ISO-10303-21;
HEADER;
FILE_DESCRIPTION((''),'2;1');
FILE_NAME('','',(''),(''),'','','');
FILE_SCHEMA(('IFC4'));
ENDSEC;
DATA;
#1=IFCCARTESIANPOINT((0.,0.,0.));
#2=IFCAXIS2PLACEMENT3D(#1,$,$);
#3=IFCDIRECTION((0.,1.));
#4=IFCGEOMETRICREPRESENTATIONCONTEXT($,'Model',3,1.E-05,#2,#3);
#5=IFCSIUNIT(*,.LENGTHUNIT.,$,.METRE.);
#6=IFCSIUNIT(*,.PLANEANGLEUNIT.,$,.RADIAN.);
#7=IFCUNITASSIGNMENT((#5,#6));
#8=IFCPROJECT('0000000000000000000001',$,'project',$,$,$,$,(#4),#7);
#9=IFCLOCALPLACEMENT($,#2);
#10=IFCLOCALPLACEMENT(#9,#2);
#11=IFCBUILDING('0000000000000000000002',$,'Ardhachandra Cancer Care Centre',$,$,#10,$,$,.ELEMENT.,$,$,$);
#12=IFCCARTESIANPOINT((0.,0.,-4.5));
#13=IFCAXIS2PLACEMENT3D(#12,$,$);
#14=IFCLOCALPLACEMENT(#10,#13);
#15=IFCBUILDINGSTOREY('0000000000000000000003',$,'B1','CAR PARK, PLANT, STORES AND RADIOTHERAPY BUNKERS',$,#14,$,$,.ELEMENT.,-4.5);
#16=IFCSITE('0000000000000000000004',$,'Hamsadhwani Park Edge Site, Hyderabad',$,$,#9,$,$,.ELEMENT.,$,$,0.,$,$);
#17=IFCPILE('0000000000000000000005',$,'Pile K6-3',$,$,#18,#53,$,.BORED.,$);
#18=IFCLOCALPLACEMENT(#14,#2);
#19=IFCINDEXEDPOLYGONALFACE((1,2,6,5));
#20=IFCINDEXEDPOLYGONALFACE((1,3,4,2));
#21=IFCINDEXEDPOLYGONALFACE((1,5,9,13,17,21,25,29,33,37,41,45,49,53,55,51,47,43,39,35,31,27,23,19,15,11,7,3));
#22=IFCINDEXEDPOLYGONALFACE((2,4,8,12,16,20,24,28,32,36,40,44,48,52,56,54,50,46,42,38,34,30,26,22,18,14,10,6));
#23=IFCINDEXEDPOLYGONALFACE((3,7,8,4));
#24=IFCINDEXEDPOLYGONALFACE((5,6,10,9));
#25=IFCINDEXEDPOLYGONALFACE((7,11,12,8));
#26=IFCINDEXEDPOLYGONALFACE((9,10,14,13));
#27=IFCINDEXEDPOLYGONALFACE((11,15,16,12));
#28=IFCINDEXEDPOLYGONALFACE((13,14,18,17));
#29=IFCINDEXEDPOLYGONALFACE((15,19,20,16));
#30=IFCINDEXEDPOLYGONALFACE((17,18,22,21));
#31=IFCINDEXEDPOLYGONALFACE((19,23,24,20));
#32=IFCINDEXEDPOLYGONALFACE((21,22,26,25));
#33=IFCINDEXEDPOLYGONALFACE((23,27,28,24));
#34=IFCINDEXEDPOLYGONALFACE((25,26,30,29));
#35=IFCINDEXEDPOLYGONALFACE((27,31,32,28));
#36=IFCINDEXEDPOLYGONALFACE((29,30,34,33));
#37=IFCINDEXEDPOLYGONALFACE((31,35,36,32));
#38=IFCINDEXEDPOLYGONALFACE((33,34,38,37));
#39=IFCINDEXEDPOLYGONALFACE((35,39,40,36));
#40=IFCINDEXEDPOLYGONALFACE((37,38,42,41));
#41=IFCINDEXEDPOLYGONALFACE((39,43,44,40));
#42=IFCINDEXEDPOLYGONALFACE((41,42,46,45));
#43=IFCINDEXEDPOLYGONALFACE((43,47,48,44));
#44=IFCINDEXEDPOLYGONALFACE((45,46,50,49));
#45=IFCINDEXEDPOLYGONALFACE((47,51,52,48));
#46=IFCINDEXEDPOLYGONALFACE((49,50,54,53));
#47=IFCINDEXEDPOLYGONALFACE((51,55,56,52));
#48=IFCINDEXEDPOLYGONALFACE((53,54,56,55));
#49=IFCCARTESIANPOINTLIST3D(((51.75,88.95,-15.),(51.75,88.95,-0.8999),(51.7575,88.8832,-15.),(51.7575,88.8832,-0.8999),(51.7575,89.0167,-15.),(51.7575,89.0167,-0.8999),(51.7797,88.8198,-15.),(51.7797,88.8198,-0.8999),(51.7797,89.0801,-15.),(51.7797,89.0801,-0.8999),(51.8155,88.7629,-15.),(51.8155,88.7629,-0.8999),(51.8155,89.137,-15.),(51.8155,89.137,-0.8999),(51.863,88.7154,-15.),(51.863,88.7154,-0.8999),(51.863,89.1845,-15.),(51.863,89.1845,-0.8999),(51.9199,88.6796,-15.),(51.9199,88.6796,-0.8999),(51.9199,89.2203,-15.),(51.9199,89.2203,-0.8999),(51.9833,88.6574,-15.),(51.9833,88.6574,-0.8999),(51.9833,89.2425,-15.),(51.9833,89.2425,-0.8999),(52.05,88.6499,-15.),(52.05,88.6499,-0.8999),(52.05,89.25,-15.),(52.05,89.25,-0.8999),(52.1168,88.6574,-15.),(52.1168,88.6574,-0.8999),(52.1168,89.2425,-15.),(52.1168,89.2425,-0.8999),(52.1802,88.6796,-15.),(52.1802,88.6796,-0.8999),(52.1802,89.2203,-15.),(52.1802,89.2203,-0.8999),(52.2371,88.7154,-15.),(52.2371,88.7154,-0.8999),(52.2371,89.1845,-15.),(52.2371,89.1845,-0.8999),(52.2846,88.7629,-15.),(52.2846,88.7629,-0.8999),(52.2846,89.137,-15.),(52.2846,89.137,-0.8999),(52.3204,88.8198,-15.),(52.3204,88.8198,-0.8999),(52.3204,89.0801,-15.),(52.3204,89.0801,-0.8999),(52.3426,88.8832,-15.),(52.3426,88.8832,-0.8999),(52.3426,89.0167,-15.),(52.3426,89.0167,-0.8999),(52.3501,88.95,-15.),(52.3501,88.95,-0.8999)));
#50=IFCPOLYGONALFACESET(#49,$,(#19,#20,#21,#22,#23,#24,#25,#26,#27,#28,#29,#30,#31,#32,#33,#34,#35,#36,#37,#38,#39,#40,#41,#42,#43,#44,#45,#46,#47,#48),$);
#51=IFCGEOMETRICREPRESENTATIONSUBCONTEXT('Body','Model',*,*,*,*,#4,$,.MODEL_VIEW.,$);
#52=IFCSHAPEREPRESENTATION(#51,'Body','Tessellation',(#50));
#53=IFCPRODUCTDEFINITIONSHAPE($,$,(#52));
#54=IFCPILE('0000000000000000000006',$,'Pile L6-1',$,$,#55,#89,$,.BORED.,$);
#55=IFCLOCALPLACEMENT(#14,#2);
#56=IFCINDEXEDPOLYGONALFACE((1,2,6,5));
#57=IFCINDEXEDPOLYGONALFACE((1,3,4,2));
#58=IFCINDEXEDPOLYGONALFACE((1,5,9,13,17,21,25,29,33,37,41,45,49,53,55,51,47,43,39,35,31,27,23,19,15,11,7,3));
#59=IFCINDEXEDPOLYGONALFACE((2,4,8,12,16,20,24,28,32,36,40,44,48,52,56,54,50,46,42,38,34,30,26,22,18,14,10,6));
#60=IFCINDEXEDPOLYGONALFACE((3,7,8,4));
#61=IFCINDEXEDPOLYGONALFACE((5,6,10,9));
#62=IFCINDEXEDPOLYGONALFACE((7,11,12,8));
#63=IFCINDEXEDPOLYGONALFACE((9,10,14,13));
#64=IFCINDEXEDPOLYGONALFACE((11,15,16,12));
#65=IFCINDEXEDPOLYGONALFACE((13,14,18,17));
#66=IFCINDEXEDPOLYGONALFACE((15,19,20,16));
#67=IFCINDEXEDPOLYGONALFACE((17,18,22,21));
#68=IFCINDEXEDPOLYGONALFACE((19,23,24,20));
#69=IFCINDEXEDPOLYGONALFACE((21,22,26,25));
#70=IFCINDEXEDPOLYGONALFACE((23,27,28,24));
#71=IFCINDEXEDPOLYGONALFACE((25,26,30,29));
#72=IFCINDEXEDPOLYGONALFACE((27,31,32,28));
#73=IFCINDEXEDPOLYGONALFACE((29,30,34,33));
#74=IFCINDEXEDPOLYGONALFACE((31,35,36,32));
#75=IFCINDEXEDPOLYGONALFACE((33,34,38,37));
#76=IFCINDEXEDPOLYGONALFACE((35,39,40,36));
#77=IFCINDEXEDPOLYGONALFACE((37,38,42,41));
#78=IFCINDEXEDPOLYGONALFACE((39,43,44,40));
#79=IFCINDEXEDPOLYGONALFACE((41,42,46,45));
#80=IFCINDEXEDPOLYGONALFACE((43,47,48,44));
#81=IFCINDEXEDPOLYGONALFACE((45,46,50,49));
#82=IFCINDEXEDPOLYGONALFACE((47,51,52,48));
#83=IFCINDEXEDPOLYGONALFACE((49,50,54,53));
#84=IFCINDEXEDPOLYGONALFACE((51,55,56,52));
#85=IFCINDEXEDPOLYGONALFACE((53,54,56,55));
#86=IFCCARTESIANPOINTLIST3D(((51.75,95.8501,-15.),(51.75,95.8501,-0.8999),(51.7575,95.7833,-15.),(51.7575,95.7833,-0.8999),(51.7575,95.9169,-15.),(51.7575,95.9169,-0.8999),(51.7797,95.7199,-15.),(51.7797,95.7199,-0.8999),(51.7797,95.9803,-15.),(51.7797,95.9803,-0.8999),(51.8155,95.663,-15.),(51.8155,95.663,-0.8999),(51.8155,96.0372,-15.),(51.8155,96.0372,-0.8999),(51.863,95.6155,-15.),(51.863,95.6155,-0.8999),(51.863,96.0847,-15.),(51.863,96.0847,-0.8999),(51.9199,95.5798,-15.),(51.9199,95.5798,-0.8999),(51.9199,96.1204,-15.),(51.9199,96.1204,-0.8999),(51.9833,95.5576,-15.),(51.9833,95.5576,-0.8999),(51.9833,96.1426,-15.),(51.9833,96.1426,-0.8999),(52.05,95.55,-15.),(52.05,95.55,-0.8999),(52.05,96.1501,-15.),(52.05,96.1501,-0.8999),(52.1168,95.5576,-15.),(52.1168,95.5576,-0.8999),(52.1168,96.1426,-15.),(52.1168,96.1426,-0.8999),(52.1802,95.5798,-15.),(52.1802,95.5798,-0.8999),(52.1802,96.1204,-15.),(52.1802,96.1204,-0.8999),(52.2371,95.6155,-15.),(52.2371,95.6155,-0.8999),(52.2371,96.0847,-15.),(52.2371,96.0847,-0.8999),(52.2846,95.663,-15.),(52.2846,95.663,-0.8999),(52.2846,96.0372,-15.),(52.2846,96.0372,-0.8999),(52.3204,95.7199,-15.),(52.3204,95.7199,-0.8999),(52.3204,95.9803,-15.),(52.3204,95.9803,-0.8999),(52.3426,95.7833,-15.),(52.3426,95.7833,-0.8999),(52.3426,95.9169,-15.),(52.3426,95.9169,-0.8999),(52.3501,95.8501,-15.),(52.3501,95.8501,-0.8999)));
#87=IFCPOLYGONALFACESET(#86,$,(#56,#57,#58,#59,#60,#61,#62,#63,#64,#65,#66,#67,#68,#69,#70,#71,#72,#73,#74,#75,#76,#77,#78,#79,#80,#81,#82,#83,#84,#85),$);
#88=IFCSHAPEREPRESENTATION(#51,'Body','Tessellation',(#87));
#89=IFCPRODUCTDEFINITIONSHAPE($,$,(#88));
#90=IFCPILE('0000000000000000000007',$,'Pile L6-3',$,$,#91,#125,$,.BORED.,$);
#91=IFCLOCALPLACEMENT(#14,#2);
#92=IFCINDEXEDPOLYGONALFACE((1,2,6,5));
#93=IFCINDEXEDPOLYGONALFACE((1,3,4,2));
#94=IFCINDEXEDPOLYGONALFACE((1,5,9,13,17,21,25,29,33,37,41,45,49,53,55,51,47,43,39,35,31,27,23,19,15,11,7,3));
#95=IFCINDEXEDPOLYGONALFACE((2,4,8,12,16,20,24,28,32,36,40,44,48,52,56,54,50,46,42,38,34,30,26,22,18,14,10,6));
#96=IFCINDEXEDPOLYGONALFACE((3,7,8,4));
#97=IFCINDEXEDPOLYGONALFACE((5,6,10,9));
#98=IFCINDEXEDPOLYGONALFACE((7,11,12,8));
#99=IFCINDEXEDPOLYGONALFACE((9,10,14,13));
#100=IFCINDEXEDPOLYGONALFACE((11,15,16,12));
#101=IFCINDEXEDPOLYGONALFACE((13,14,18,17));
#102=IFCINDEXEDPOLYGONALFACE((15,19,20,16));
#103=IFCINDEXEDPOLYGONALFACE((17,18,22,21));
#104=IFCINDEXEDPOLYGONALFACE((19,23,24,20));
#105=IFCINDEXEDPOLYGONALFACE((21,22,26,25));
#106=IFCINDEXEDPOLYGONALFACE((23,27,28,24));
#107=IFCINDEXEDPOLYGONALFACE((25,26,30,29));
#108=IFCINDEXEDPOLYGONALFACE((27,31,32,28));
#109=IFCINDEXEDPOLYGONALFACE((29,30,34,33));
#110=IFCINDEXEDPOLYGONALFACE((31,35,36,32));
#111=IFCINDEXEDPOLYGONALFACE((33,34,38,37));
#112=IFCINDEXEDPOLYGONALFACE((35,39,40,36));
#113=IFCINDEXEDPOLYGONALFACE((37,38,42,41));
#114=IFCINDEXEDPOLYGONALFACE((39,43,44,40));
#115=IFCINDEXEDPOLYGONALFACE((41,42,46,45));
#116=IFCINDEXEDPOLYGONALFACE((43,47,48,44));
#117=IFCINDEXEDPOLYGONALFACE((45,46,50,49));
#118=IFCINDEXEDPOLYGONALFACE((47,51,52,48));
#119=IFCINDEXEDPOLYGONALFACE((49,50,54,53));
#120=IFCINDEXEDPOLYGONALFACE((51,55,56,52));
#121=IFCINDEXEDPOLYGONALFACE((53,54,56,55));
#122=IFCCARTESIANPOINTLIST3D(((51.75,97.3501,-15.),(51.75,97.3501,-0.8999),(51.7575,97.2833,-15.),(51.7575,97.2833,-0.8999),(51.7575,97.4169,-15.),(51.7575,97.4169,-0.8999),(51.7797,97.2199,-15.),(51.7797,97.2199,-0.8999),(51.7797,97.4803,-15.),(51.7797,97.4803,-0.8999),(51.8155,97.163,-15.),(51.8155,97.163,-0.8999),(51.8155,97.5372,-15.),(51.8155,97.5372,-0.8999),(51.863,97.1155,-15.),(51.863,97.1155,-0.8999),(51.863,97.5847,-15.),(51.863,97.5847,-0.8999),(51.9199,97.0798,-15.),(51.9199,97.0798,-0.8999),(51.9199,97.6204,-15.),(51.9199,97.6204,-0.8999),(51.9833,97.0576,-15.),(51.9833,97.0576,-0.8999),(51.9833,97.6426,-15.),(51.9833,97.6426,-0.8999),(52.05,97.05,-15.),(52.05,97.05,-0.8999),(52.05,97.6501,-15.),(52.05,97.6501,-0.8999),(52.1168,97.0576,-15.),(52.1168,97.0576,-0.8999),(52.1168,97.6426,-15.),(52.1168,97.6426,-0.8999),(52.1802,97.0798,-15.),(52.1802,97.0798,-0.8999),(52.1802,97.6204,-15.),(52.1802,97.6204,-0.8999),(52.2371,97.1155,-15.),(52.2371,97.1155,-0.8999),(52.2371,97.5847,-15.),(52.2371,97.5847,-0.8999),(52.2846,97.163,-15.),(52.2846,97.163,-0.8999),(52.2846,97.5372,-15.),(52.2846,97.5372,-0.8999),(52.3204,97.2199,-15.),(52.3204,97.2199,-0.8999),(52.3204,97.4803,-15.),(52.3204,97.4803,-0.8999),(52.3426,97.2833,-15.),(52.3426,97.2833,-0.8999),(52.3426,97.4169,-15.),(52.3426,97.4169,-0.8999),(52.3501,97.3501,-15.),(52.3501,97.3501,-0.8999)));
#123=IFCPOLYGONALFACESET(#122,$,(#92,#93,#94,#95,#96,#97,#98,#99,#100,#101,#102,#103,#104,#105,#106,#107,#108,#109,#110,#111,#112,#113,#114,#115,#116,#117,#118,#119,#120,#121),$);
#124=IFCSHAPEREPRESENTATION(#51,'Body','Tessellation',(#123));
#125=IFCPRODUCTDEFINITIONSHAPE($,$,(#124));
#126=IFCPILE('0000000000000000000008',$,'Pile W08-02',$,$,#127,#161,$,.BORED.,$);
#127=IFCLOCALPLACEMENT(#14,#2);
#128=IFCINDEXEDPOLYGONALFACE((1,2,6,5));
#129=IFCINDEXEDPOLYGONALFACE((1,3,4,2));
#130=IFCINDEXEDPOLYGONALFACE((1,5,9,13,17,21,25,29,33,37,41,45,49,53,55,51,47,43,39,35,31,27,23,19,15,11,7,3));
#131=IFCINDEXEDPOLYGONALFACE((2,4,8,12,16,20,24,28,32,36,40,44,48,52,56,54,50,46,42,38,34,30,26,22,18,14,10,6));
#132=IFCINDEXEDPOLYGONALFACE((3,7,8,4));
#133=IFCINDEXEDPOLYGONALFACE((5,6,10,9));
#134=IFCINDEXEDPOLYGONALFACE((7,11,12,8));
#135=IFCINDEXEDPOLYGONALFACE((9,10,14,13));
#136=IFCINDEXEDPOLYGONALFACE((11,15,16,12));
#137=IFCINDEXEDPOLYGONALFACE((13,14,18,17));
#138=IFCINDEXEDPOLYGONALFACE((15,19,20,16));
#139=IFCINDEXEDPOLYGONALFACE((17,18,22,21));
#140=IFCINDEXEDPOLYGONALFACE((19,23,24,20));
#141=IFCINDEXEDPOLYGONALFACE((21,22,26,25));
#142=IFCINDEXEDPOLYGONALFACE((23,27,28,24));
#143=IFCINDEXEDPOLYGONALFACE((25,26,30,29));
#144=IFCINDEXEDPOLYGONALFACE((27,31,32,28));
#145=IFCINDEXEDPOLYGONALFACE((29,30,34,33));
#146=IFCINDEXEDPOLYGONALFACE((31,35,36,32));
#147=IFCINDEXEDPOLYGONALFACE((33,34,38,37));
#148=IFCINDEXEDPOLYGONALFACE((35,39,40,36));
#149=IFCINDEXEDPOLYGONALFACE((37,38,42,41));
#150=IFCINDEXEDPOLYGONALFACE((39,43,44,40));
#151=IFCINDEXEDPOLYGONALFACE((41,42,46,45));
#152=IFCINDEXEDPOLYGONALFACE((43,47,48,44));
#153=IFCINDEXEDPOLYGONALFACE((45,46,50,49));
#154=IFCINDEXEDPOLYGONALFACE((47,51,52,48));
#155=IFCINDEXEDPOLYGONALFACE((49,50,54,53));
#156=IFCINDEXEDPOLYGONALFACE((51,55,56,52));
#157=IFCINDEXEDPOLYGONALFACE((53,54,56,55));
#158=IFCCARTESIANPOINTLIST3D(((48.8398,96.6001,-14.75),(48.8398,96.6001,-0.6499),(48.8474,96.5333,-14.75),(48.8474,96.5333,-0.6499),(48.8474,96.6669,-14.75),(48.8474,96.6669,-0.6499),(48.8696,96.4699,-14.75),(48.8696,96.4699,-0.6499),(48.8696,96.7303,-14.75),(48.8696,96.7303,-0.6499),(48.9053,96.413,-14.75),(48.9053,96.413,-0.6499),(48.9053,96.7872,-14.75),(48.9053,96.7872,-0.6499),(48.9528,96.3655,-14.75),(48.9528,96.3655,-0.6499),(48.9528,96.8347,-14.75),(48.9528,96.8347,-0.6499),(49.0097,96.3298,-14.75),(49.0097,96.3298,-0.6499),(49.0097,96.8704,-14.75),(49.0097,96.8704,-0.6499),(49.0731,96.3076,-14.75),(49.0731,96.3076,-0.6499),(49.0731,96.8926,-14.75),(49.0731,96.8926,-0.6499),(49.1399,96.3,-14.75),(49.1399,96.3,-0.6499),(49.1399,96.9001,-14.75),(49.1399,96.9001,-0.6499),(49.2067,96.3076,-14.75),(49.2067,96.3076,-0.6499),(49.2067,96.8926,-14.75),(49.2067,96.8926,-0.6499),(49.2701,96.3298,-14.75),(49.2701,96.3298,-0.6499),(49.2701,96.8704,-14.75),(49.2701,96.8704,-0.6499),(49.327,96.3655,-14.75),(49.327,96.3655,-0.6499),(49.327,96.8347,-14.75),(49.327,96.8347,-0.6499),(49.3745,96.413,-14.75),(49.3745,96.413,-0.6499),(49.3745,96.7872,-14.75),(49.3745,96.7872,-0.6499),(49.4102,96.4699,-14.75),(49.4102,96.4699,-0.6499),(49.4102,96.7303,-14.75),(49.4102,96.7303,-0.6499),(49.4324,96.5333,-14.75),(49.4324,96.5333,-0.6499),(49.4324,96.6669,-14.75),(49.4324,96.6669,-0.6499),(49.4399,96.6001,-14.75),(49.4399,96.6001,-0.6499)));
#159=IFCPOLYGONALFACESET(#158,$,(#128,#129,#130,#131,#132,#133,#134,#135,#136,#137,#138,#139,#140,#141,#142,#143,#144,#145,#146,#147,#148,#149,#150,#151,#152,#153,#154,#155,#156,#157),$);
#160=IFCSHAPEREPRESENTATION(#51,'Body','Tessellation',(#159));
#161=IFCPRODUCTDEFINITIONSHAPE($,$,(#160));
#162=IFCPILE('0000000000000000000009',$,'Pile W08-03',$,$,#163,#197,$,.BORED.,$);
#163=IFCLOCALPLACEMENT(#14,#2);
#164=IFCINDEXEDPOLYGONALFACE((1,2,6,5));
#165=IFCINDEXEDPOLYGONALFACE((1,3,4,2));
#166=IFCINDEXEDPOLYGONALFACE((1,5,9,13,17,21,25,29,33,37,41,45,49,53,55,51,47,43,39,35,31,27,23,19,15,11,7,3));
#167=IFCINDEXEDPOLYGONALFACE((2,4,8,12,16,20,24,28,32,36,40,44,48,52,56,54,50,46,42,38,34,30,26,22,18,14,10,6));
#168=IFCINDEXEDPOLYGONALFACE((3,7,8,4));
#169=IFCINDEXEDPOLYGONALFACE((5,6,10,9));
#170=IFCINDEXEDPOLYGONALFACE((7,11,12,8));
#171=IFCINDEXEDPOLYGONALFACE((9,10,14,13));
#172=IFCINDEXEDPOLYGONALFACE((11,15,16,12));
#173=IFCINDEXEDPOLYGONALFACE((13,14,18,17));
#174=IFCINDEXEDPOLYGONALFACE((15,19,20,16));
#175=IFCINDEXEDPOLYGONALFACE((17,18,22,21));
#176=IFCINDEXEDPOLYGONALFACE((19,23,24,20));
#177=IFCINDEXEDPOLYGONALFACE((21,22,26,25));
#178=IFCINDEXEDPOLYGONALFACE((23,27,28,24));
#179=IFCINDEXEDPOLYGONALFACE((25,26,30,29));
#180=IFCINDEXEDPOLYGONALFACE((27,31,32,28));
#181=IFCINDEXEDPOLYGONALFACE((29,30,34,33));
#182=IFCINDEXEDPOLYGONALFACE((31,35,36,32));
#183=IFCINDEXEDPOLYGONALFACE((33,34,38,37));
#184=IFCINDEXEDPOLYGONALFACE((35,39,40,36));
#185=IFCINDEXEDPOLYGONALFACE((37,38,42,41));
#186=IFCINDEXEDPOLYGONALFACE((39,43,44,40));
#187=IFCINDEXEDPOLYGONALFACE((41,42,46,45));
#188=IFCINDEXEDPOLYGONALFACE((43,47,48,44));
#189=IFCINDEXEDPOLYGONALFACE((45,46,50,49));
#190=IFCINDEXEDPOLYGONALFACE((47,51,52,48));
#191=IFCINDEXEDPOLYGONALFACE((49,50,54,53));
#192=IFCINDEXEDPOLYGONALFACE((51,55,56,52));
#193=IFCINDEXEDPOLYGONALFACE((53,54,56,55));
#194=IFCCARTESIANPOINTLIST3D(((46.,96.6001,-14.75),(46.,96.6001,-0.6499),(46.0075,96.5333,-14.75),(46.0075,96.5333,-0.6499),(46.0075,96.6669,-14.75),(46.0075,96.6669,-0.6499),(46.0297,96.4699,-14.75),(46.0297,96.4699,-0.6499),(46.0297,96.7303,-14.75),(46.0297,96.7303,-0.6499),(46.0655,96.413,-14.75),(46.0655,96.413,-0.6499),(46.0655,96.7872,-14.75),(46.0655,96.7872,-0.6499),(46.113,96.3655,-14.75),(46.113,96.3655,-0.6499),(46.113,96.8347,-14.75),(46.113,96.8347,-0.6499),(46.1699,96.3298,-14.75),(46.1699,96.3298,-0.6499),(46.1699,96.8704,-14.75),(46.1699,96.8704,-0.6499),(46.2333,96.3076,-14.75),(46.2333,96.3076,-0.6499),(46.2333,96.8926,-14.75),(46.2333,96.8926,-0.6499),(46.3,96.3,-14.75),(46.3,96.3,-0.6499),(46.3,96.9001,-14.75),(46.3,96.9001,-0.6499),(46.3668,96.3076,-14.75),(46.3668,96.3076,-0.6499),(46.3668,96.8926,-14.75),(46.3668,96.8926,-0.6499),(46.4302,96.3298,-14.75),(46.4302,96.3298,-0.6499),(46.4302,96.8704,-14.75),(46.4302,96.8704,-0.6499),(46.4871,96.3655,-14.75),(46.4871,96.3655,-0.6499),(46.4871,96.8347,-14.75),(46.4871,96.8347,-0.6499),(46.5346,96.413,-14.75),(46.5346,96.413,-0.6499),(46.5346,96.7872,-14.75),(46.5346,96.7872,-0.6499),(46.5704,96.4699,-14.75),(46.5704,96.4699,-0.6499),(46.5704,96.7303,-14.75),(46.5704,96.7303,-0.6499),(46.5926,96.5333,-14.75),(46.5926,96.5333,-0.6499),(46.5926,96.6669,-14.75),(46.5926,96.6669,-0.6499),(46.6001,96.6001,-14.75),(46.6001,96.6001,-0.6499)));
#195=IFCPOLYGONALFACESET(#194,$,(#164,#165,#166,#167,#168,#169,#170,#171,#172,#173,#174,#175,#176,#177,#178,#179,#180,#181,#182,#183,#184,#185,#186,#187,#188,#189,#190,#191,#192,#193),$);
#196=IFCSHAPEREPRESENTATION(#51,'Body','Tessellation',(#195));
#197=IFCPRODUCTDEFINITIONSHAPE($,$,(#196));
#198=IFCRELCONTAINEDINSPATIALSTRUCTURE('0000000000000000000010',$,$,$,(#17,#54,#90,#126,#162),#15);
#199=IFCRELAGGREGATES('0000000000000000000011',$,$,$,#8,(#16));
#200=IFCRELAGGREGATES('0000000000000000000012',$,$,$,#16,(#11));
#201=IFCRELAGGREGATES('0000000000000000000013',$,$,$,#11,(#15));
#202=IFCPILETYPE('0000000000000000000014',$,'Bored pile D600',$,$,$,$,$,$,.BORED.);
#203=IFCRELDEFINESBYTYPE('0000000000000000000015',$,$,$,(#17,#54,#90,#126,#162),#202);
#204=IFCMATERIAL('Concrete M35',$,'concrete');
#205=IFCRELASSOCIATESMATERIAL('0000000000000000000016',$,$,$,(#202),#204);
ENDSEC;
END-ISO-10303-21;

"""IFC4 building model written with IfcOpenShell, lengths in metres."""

from ifc_helpers import new_model, si_unit, direction, frame, origin, origin_2d, place, context, subcontext, project, spatial, circle, extrude, material, material_profile, profile_set, type_object, element, save


model = new_model("IFC4")

# Units and contexts
model_context = context("Model", 3, precision=1e-05, world=origin(), true_north=direction((0.0, 1.0)))
body_context = subcontext(model_context, "Body", "Model", "MODEL_VIEW")
ifc_project = project(units=[si_unit("LENGTHUNIT", "METRE"), si_unit("PLANEANGLEUNIT", "RADIAN")], contexts=[model_context])

# Site, building, storey
site_placement = place(None, origin())
site = spatial("IfcSite", under=ifc_project, at=site_placement, Name="Hamsadhwani Park Edge Site, Hyderabad", CompositionType="ELEMENT", RefElevation=0.0)
building_placement = place(site_placement, origin())
building = spatial("IfcBuilding", under=site, at=building_placement, Name="Ardhachandra Cancer Care Centre", CompositionType="ELEMENT")
storey_placement = place(building_placement, frame((0.0, 0.0, -4.5)))
storey = spatial("IfcBuildingStorey", under=building, at=storey_placement, Name="B1", Description="CAR PARK, PLANT, STORES AND RADIOTHERAPY BUNKERS", CompositionType="ELEMENT", Elevation=-4.5)

# Piles
ifc_material_1 = material(Name="Concrete M35", Category="concrete")
ifc_material_profile_1 = material_profile(ifc_material_1, circle(Radius=0.3, at=origin_2d()), Name="D600")
ifc_profile_set_1 = profile_set([ifc_material_profile_1], Name="Concrete M35")
pile_type_1 = type_object("IfcPileType", Name="Bored pile D600", PredefinedType="BORED", material=ifc_profile_set_1)
for number, where, z_axis, x_axis, name in (
    (1, (52.05, 88.95, -0.8999), (0.0, 0.0, -1.0), (1.0, 0.0, 0.0), "Pile K6-3"),
    (2, (52.05, 95.8501, -0.8999), (0.0, 0.0, -1.0), (1.0, 0.0, 0.0), "Pile L6-1"),
    (3, (52.05, 97.3501, -0.8999), (0.0, 0.0, -1.0), (1.0, 0.0, 0.0), "Pile L6-3"),
    (4, (49.1399, 96.6001, -0.6499), (0.0, 0.0, -1.0), (1.0, 0.0, 0.0), "Pile W08-02"),
    (5, (46.3, 96.6001, -0.6499), (0.0, 0.0, -1.0), (1.0, 0.0, 0.0), "Pile W08-03"),
):
    element("IfcPile", number, at=place(storey_placement, frame(where, z_axis=z_axis, x_axis=x_axis)), inside=storey, type_object=pile_type_1, Name=name, PredefinedType="BORED", context=body_context, shape_type="SweptSolid", body=[
        extrude(circle(Radius=0.3, at=origin_2d()), origin(), (0.0, 0.0, 1.0), 14.1001),
    ])

save(model, "model.ifc")
